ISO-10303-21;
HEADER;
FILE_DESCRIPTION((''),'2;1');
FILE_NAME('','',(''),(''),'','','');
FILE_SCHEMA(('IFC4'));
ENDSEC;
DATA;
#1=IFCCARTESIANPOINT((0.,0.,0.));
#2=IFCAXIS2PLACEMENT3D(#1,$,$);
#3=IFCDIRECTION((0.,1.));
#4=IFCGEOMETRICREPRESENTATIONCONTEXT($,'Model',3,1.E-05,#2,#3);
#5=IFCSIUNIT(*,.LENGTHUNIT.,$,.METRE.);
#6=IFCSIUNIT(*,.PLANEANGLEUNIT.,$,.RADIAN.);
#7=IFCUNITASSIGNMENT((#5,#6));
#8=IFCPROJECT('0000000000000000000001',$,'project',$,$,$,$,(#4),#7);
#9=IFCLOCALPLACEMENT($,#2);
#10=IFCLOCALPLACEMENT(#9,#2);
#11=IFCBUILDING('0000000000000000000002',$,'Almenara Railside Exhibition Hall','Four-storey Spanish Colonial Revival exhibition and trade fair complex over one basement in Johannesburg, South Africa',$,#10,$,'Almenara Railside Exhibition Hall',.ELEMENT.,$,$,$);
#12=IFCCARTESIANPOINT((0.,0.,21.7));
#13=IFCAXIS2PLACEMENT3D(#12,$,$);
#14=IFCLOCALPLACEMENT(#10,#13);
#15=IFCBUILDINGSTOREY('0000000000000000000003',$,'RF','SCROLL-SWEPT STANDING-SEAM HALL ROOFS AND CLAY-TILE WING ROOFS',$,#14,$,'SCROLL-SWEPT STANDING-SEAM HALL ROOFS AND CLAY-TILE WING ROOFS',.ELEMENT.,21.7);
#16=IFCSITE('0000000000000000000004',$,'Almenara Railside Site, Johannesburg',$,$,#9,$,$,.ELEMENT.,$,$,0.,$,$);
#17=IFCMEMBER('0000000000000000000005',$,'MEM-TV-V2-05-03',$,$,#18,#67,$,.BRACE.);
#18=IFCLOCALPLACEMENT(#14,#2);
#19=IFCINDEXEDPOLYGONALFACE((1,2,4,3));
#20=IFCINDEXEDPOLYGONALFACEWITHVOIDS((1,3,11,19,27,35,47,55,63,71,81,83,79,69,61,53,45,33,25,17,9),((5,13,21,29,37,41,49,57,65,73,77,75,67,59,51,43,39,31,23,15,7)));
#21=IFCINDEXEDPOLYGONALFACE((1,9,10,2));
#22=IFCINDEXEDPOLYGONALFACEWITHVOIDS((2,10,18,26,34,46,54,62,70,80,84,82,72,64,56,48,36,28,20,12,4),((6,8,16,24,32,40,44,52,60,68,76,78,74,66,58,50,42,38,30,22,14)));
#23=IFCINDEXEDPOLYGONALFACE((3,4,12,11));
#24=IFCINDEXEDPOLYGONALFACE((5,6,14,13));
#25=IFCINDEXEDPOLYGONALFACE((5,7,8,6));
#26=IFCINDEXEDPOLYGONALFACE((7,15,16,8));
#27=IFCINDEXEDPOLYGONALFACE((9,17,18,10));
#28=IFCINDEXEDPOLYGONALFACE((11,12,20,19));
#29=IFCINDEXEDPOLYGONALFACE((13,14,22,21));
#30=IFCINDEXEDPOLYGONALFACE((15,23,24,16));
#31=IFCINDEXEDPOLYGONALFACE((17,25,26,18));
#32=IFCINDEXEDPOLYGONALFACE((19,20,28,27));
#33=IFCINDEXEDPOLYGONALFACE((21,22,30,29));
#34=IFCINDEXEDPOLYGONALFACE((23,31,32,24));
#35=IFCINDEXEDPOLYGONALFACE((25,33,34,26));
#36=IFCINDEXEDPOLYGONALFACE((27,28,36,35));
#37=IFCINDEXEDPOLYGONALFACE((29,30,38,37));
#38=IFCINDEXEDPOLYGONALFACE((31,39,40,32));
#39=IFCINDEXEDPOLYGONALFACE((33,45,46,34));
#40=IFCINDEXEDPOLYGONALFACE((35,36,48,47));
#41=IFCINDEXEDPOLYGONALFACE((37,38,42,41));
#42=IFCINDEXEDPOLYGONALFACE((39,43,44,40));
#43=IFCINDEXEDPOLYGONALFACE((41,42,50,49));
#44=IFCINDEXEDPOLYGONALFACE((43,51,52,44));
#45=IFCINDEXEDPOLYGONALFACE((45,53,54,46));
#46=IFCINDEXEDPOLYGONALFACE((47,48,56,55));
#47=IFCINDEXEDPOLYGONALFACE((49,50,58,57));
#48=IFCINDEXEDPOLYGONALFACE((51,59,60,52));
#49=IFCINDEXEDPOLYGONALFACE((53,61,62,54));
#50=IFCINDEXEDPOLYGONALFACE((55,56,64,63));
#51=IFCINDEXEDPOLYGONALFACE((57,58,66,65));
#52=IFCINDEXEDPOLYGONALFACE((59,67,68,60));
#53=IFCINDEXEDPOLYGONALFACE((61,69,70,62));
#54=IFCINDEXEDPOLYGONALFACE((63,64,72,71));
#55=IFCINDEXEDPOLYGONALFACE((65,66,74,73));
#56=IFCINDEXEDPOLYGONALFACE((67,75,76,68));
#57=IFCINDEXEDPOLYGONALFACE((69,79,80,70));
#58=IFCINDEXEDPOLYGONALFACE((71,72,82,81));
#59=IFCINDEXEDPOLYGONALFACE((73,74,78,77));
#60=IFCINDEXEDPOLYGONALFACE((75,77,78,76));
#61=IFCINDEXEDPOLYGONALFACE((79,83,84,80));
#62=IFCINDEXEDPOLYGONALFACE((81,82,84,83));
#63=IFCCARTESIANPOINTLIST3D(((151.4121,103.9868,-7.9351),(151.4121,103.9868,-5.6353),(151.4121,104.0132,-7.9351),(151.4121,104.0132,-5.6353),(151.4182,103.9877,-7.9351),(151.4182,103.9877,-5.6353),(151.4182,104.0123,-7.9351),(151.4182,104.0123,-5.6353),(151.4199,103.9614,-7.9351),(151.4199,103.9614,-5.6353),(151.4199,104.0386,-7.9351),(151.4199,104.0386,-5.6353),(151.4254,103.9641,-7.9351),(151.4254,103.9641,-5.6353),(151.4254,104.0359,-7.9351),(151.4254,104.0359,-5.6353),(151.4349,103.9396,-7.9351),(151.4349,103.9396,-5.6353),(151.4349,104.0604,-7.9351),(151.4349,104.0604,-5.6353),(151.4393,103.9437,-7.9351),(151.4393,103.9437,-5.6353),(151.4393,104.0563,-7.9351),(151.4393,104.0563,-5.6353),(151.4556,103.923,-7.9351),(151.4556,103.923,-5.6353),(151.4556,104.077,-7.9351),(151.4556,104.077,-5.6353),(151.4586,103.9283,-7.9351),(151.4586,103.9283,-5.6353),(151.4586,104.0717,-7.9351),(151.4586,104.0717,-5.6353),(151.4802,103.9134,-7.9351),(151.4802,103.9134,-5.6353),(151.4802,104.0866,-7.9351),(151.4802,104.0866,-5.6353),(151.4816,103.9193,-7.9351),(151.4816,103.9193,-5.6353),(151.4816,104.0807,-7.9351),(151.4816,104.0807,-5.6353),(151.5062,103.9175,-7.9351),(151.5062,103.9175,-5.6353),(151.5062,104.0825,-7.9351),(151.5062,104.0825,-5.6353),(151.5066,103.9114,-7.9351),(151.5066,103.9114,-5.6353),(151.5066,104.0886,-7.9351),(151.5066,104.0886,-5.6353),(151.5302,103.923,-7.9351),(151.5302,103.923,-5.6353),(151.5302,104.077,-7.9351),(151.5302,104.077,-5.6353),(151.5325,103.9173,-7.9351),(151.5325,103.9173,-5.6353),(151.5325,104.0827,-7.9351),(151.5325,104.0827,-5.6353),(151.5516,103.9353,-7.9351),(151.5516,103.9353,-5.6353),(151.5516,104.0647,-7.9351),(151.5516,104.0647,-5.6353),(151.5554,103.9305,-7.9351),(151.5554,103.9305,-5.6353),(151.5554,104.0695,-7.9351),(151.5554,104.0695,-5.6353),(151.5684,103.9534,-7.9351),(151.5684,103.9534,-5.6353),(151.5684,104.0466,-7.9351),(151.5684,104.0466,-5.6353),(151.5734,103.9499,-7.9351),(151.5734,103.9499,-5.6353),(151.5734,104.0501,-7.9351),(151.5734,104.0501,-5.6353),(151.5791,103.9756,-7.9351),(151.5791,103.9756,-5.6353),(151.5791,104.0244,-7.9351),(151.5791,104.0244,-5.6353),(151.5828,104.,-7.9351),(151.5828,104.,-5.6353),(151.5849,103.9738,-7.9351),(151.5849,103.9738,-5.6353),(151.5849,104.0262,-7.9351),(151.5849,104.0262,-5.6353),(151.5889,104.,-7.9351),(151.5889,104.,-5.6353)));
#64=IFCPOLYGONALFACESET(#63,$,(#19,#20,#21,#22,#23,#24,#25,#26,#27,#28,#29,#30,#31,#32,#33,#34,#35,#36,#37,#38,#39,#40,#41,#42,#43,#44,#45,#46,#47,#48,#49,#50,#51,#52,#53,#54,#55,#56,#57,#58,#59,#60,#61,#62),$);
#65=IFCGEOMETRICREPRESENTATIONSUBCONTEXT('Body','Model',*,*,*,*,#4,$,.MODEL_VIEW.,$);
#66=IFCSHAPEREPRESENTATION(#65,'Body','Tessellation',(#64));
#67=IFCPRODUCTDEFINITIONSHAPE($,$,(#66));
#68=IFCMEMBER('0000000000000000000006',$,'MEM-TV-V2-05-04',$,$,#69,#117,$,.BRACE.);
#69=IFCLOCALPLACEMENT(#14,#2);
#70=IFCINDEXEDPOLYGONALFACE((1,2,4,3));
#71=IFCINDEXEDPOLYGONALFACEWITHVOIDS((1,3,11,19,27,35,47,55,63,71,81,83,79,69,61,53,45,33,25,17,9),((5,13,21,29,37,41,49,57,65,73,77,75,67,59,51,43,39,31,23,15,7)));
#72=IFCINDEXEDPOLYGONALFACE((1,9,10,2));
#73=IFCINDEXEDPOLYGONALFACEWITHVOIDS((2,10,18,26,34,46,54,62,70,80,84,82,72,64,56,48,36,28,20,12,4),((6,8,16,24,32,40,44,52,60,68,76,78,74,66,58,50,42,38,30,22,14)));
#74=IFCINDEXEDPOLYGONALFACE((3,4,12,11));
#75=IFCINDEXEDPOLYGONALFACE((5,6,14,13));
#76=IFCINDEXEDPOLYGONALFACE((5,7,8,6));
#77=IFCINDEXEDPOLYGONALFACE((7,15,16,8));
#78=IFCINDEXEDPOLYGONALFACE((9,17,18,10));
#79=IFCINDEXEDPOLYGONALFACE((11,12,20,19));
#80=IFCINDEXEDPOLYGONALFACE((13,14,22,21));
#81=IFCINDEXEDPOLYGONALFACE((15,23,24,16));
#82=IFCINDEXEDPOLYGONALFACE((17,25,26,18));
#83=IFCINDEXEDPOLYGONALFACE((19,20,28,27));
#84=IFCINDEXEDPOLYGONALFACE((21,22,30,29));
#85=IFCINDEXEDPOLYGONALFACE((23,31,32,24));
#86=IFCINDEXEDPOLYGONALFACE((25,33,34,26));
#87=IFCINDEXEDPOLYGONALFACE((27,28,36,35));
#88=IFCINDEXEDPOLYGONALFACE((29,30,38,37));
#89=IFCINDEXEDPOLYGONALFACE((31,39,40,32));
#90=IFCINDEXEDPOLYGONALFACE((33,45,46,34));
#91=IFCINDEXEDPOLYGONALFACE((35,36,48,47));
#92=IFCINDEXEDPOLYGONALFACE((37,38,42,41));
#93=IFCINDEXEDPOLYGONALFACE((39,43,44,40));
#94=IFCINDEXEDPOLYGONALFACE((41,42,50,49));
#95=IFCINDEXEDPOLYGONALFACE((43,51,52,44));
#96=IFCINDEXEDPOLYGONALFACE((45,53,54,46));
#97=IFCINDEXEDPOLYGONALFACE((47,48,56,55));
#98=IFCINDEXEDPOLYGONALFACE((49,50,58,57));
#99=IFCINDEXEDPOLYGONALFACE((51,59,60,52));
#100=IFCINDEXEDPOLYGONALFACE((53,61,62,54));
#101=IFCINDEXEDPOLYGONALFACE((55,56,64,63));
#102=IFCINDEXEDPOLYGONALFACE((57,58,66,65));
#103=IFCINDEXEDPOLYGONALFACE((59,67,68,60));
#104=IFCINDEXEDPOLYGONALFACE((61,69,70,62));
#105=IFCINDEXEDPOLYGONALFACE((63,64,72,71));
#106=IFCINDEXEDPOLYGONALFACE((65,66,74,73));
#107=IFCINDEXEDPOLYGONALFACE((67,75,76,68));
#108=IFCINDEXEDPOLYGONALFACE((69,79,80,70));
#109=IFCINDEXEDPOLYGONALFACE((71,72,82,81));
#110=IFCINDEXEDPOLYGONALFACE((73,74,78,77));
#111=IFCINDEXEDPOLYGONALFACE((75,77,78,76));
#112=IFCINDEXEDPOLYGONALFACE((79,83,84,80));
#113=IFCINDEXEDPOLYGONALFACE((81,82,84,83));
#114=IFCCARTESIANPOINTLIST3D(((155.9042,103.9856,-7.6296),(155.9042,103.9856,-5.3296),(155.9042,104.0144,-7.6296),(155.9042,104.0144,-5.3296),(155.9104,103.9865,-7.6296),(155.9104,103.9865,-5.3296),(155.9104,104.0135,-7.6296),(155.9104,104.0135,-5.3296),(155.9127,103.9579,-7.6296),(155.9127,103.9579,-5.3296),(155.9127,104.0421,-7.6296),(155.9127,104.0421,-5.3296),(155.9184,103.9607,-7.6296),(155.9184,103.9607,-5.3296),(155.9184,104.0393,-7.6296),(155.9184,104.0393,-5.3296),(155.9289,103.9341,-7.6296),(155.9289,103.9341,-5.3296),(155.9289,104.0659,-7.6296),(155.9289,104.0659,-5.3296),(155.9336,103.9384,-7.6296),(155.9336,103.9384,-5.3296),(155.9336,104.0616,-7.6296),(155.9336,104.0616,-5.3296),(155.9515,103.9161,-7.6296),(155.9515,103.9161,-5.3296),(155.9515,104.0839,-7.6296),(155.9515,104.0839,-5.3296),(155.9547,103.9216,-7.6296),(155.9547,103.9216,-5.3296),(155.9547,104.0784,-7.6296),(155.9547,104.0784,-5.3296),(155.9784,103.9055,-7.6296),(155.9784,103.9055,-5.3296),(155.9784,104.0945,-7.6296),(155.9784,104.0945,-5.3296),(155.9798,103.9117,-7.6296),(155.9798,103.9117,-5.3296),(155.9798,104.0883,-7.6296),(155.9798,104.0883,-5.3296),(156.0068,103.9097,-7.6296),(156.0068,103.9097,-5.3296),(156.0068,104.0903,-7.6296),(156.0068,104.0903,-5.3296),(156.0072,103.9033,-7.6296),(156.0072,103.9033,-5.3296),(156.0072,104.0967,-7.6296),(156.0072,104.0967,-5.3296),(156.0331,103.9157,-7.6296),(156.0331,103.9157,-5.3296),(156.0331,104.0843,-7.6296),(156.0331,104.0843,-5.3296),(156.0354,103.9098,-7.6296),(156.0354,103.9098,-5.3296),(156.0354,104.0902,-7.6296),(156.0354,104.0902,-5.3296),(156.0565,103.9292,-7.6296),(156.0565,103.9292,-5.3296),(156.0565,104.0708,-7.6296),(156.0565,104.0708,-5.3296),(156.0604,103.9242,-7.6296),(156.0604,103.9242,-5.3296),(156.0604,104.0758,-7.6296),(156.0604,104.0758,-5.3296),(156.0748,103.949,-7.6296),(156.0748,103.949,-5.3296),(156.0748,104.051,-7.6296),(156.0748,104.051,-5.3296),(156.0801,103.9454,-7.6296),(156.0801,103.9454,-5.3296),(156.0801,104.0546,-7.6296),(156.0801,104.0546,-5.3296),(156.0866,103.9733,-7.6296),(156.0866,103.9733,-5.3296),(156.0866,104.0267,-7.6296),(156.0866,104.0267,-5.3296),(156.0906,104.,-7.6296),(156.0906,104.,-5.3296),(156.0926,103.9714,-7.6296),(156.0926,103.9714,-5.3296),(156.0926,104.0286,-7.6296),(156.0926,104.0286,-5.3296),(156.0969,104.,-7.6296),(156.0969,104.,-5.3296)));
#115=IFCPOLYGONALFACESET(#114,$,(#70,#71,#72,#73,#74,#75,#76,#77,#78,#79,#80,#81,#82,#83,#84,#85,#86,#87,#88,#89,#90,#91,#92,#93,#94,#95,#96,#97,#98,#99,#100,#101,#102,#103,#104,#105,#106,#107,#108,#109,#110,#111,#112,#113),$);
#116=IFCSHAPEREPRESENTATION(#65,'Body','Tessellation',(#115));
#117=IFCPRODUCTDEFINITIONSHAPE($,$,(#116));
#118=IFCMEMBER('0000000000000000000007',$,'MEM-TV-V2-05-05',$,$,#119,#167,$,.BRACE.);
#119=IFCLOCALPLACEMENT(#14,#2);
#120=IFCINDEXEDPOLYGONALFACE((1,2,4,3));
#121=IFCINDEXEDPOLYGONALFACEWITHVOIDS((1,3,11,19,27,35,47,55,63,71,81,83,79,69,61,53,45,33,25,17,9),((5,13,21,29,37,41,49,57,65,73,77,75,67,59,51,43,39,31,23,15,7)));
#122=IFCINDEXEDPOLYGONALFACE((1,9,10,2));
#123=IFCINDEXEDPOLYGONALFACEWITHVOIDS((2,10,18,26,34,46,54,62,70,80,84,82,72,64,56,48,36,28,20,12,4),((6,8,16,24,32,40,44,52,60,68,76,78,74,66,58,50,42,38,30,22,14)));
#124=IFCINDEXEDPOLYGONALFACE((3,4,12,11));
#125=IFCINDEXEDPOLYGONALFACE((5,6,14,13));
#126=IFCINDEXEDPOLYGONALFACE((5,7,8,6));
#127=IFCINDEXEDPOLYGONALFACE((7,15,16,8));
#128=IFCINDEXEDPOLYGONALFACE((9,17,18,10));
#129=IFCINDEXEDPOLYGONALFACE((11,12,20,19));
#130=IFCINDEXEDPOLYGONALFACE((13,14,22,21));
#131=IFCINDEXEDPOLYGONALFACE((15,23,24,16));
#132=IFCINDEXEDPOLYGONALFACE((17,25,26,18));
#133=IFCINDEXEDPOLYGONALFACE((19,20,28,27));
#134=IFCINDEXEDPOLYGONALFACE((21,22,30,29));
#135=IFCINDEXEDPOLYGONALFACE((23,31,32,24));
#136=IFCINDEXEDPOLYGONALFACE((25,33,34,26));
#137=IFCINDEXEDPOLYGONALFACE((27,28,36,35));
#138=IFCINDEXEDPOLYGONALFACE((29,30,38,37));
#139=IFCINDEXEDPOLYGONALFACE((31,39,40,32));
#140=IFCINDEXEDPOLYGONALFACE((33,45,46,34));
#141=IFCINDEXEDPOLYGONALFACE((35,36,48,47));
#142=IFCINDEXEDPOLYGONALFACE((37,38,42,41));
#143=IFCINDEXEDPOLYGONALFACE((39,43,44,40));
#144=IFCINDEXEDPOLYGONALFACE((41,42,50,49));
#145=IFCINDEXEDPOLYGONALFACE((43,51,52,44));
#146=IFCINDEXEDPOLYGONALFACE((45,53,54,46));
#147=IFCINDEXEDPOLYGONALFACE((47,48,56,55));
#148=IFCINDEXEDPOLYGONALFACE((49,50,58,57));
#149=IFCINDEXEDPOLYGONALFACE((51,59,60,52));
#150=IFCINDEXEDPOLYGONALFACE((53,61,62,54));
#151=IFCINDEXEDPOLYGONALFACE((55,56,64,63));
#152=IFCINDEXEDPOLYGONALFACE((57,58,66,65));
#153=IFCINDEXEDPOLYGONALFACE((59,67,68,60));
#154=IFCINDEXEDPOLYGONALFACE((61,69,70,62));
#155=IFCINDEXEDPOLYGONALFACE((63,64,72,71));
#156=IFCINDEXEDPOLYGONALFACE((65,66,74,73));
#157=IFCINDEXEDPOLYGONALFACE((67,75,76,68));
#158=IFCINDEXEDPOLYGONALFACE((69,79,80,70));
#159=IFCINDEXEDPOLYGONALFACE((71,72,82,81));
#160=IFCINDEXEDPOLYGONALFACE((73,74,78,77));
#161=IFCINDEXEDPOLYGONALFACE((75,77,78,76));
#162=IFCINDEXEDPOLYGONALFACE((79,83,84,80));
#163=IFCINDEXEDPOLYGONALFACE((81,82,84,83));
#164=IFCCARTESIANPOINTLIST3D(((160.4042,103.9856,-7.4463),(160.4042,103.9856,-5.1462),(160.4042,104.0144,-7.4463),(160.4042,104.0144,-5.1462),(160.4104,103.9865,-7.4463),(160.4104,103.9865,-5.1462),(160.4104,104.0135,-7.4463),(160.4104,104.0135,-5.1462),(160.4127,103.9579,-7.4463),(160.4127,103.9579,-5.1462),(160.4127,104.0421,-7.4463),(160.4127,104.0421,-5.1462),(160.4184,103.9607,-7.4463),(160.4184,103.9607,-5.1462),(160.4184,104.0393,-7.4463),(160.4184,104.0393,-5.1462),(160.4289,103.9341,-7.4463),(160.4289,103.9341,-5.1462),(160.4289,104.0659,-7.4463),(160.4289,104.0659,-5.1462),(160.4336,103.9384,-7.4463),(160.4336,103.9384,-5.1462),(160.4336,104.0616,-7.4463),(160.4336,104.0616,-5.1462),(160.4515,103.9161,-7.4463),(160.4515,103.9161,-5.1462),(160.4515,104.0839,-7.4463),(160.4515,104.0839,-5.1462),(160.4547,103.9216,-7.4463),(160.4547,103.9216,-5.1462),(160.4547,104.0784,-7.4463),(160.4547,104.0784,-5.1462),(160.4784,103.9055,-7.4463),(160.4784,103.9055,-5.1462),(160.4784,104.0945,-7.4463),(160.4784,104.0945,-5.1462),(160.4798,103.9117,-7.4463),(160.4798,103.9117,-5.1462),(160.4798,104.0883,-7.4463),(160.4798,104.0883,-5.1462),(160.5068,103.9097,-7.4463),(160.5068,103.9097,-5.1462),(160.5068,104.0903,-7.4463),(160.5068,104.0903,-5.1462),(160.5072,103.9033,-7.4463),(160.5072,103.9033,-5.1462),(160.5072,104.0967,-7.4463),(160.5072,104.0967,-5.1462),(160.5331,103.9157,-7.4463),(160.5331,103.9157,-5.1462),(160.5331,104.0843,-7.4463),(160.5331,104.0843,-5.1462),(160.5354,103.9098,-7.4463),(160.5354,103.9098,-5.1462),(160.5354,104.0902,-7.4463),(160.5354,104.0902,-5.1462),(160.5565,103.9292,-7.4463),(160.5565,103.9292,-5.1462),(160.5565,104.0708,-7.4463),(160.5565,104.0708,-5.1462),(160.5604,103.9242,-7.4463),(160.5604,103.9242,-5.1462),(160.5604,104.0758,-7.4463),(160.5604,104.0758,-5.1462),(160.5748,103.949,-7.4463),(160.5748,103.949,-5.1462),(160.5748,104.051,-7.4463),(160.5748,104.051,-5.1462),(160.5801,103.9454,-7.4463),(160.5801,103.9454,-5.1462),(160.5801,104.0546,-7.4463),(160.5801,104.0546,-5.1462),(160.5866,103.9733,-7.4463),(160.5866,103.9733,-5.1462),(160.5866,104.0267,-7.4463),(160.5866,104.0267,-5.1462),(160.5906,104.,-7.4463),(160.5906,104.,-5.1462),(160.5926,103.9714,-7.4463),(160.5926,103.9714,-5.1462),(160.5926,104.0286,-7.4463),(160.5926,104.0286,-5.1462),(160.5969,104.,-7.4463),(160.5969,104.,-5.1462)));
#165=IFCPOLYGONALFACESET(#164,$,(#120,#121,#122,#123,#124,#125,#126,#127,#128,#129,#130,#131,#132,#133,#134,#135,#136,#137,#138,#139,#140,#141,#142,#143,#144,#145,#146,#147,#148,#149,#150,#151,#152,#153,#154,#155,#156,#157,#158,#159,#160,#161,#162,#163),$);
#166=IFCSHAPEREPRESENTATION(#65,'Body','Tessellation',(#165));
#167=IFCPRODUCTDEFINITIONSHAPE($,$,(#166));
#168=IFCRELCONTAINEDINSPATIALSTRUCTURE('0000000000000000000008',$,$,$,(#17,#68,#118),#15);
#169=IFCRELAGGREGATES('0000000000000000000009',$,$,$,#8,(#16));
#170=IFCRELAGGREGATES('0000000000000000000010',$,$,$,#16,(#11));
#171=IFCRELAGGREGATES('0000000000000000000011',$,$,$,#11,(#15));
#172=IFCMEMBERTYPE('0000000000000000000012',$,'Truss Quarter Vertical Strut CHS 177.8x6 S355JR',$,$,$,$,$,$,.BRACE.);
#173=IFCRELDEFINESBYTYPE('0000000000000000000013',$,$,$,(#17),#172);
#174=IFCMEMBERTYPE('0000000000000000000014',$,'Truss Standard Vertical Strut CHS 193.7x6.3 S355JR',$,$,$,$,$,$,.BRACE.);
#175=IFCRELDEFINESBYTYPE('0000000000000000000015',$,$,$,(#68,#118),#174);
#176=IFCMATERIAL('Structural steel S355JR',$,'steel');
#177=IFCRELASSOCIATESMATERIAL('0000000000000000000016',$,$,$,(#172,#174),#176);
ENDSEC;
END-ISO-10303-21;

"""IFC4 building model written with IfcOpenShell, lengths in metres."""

from ifc_helpers import new_model, si_unit, direction, frame, origin, origin_2d, place, context, subcontext, project, spatial, hollow_circle, extrude, material, material_profile, profile_set, type_object, element, save


model = new_model("IFC4")

# Units and contexts
model_context = context("Model", 3, precision=1e-05, world=origin(), true_north=direction((0.0, 1.0)))
body_context = subcontext(model_context, "Body", "Model", "MODEL_VIEW")
ifc_project = project(units=[si_unit("LENGTHUNIT", "METRE"), si_unit("PLANEANGLEUNIT", "RADIAN")], contexts=[model_context])

# Site, building, storey
site_placement = place(None, origin())
site = spatial("IfcSite", under=ifc_project, at=site_placement, Name="Almenara Railside Site, Johannesburg", CompositionType="ELEMENT", RefElevation=0.0)
building_placement = place(site_placement, origin())
building = spatial("IfcBuilding", under=site, at=building_placement, Name="Almenara Railside Exhibition Hall", Description="Four-storey Spanish Colonial Revival exhibition and trade fair complex over one basement in Johannesburg, South Africa", LongName="Almenara Railside Exhibition Hall", CompositionType="ELEMENT")
storey_placement = place(building_placement, frame((0.0, 0.0, 21.7)))
storey = spatial("IfcBuildingStorey", under=building, at=storey_placement, Name="RF", Description="SCROLL-SWEPT STANDING-SEAM HALL ROOFS AND CLAY-TILE WING ROOFS", LongName="SCROLL-SWEPT STANDING-SEAM HALL ROOFS AND CLAY-TILE WING ROOFS", CompositionType="ELEMENT", Elevation=21.7)

# Members
ifc_material_1 = material(Name="Structural steel S355JR", Category="steel")
ifc_material_profile_1 = material_profile(ifc_material_1, hollow_circle(Radius=0.0889, WallThickness=0.0061, at=origin_2d()), Name="CHS 177.8x6")
ifc_profile_set_1 = profile_set([ifc_material_profile_1], Name="Structural steel S355JR")
member_type_1 = type_object("IfcMemberType", Name="Truss Quarter Vertical Strut CHS 177.8x6 S355JR", PredefinedType="BRACE", material=ifc_profile_set_1)
member_1_placement = place(storey_placement, frame((151.5, 104.0, -7.9351), z_axis=(0.0, 0.0, 1.0), x_axis=(1.0, 0.0, 0.0)))
element("IfcMember", 1, at=member_1_placement, inside=storey, type_object=member_type_1, Name="MEM-TV-V2-05-03", PredefinedType="BRACE", context=body_context, shape_type="SweptSolid", body=[
    extrude(hollow_circle(Radius=0.0889, WallThickness=0.0061, at=origin_2d()), origin(), (0.0, 0.0, 1.0), 2.2998),
])
ifc_material_profile_2 = material_profile(ifc_material_1, hollow_circle(Radius=0.0969, WallThickness=0.0063, at=origin_2d()), Name="CHS 193.7x6.3")
ifc_profile_set_2 = profile_set([ifc_material_profile_2], Name="Structural steel S355JR")
member_type_2 = type_object("IfcMemberType", Name="Truss Standard Vertical Strut CHS 193.7x6.3 S355JR", PredefinedType="BRACE", material=ifc_profile_set_2)
for number, where, z_axis, x_axis, name in (
    (2, (156.0, 104.0, -7.6296), (0.0, 0.0, 1.0), (1.0, 0.0, 0.0), "MEM-TV-V2-05-04"),
    (3, (160.5, 104.0, -7.4463), (0.0, 0.0, 1.0), (1.0, 0.0, 0.0), "MEM-TV-V2-05-05"),
):
    element("IfcMember", number, at=place(storey_placement, frame(where, z_axis=z_axis, x_axis=x_axis)), inside=storey, type_object=member_type_2, Name=name, PredefinedType="BRACE", context=body_context, shape_type="SweptSolid", body=[
        extrude(hollow_circle(Radius=0.0969, WallThickness=0.0063, at=origin_2d()), origin(), (0.0, 0.0, 1.0), 2.3),
    ])

save(model, "model.ifc")
